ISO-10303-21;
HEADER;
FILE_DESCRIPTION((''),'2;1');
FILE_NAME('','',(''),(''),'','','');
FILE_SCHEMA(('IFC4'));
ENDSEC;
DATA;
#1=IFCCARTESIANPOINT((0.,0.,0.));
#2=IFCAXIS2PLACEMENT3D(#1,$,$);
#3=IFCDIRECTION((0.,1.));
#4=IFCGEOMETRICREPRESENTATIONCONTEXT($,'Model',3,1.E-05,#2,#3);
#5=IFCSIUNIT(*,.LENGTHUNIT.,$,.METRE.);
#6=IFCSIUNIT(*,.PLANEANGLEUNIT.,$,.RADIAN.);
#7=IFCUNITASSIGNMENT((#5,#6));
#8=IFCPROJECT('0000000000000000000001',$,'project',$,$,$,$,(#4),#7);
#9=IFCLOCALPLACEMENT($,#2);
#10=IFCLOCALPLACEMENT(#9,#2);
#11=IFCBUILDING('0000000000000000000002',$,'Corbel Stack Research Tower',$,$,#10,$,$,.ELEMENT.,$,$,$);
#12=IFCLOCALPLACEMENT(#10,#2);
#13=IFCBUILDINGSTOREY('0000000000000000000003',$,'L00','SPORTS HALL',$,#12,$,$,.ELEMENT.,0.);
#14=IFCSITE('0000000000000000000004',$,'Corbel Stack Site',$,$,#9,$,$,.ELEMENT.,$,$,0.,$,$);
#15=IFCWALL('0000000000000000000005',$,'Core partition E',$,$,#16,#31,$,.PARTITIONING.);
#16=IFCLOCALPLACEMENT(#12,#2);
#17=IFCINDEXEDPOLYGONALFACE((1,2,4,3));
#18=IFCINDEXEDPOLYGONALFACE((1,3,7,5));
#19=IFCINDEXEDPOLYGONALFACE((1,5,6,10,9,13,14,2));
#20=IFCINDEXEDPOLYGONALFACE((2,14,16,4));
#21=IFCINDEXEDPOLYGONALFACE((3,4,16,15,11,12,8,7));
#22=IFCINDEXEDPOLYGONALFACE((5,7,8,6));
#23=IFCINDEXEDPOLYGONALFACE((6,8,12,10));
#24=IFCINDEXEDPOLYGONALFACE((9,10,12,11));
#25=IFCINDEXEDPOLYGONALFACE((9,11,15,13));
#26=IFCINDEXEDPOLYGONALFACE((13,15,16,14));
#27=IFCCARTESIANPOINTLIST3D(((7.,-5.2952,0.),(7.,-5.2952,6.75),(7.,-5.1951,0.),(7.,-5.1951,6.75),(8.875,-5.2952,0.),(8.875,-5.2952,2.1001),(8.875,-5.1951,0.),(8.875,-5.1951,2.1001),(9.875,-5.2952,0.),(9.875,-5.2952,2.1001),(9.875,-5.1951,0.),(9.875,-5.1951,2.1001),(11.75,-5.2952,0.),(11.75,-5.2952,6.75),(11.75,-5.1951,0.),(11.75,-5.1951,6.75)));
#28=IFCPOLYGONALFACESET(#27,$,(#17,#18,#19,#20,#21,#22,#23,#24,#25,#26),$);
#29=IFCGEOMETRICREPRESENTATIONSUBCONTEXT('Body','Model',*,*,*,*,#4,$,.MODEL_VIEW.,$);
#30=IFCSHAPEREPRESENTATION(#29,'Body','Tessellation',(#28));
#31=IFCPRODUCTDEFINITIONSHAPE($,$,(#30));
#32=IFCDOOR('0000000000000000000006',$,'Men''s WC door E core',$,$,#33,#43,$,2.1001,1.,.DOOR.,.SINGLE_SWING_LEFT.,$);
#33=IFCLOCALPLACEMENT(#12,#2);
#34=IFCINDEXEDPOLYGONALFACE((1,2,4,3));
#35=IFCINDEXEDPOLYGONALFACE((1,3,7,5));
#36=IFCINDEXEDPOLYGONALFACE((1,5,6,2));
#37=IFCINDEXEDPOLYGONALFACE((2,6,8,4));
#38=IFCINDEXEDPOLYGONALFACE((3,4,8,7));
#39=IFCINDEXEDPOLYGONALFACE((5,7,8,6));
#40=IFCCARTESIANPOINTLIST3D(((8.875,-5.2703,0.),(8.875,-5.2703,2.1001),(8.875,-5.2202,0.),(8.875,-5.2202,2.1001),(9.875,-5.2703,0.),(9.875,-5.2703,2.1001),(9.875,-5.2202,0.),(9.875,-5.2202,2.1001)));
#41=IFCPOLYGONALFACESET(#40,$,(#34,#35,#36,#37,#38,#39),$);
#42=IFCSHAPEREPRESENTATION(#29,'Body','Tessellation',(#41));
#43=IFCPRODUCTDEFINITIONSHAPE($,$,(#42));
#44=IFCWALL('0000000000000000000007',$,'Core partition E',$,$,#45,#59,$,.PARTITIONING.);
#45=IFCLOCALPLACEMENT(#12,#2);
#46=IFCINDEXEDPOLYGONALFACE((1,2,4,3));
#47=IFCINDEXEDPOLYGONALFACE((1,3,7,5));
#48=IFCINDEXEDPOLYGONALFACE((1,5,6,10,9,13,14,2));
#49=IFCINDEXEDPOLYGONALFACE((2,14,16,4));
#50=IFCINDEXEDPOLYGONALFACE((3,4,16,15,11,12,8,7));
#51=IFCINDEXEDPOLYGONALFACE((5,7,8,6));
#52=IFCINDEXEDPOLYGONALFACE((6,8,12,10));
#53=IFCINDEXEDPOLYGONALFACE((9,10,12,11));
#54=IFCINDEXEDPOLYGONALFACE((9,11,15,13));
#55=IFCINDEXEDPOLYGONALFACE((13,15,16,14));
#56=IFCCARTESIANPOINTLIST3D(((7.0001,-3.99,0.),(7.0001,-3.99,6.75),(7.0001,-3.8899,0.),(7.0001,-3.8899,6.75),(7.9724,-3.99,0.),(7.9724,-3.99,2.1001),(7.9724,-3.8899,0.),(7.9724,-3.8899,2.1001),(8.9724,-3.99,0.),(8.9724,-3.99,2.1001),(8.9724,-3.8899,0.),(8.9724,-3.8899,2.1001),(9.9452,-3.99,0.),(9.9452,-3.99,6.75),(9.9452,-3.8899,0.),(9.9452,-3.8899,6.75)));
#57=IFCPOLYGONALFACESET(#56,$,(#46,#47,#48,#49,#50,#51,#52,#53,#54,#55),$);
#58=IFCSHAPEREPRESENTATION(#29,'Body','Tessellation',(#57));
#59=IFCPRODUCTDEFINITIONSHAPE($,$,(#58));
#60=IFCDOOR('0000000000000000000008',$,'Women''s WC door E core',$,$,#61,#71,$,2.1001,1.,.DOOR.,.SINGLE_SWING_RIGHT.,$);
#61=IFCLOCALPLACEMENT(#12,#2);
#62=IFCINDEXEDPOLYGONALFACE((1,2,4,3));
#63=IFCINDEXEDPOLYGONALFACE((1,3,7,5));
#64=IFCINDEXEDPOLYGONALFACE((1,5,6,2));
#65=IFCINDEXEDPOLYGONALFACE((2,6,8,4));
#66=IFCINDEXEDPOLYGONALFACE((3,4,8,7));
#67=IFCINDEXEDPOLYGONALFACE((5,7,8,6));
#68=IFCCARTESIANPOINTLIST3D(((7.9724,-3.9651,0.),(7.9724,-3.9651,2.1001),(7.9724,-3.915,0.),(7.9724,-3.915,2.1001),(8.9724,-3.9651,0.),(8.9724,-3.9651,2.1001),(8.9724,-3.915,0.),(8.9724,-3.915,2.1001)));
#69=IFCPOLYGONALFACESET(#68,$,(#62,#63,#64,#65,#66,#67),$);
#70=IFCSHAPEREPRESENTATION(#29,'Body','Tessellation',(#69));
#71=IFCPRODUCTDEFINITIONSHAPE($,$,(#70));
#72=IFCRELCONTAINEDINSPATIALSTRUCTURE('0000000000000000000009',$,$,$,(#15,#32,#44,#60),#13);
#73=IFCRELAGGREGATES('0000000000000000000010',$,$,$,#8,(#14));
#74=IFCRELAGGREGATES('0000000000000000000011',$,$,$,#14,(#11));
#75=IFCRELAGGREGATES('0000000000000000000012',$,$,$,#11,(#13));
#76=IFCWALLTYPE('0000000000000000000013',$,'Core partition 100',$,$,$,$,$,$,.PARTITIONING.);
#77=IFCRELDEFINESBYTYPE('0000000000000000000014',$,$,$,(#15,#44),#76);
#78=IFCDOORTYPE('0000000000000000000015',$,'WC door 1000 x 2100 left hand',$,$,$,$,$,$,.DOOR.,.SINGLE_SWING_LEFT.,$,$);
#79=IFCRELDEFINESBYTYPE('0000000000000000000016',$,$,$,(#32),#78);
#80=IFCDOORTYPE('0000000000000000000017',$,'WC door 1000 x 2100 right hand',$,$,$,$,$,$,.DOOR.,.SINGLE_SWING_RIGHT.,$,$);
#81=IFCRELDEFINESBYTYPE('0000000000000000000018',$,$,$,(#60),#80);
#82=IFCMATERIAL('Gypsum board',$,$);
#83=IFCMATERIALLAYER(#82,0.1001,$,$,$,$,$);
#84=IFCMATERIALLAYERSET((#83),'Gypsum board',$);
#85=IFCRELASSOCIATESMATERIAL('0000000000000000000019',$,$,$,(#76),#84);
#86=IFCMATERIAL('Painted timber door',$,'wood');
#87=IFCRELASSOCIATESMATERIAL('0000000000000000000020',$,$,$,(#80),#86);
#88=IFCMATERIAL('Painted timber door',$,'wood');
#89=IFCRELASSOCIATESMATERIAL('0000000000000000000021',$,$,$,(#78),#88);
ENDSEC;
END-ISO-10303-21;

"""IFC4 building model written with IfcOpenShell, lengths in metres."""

from ifc_helpers import new_model, si_unit, direction, frame, frame_2d, origin, place, context, subcontext, project, spatial, rectangle, extrude, material, layer, layer_set, type_object, element, fill, save


model = new_model("IFC4")

# Units and contexts
model_context = context("Model", 3, precision=1e-05, world=origin(), true_north=direction((0.0, 1.0)))
body_context = subcontext(model_context, "Body", "Model", "MODEL_VIEW")
ifc_project = project(units=[si_unit("LENGTHUNIT", "METRE"), si_unit("PLANEANGLEUNIT", "RADIAN")], contexts=[model_context])

# Site, building, storey
site_placement = place(None, origin())
site = spatial("IfcSite", under=ifc_project, at=site_placement, Name="Corbel Stack Site", CompositionType="ELEMENT", RefElevation=0.0)
building_placement = place(site_placement, origin())
building = spatial("IfcBuilding", under=site, at=building_placement, Name="Corbel Stack Research Tower", CompositionType="ELEMENT")
storey_placement = place(building_placement, origin())
storey = spatial("IfcBuildingStorey", under=building, at=storey_placement, Name="L00", Description="SPORTS HALL", CompositionType="ELEMENT", Elevation=0.0)

# Shared definitions
ifc_material_1 = material(Name="Gypsum board")
ifc_layer_1 = layer(ifc_material_1, 0.1001)
ifc_layer_set_1 = layer_set([ifc_layer_1], Name="Gypsum board")
wall_type_1 = type_object("IfcWallType", Name="Core partition 100", PredefinedType="PARTITIONING", material=ifc_layer_set_1)
ifc_material_2 = material(Name="Painted timber door", Category="wood")
door_type_1 = type_object("IfcDoorType", Name="WC door 1000 x 2100 right hand", OperationType="SINGLE_SWING_RIGHT", PredefinedType="DOOR", material=ifc_material_2)
ifc_material_3 = material(Name="Painted timber door", Category="wood")
door_type_2 = type_object("IfcDoorType", Name="WC door 1000 x 2100 left hand", OperationType="SINGLE_SWING_LEFT", PredefinedType="DOOR", material=ifc_material_3)

# Walls, openings, doors
wall_1_placement = place(storey_placement, frame((7.0, -5.2451, 0.0), z_axis=(0.0, 0.0, 1.0), x_axis=(1.0, 0.0, 0.0)))
wall_1 = element("IfcWall", 1, at=wall_1_placement, inside=storey, type_object=wall_type_1, Name="Core partition E", PredefinedType="PARTITIONING", context=body_context, shape_type="SweptSolid", body=[
    extrude(rectangle(XDim=4.75, YDim=0.1001, at=frame_2d((2.375, 0.0))), origin(), (0.0, 0.0, 1.0), 6.75),
])
opening_1_placement = place(wall_1_placement, frame((1.875, 0.0, 0.0)))
opening_1 = element("IfcOpeningElement", 2, at=opening_1_placement, cuts=wall_1, PredefinedType="OPENING", context=body_context, shape_type="SweptSolid", body=[
    extrude(rectangle(XDim=1.0, YDim=2.1001, at=frame_2d((0.5, 1.05))), frame((0.0, 0.0601, 0.0), z_axis=(0.0, -1.0, 0.0), x_axis=(1.0, 0.0, 0.0)), (0.0, 0.0, 1.0), 0.1201),
])
door_1_placement = place(opening_1_placement, origin())
door_1 = element("IfcDoor", 3, at=door_1_placement, inside=storey, type_object=door_type_2, Name="Men's WC door E core", OperationType="SINGLE_SWING_LEFT", OverallHeight=2.1001, OverallWidth=1.0, PredefinedType="DOOR", context=body_context, shape_type="SweptSolid", body=[
    extrude(rectangle(XDim=1.0, YDim=2.1001, at=frame_2d((0.5, 1.05))), frame((0.0, 0.0249, 0.0), z_axis=(0.0, -1.0, 0.0), x_axis=(1.0, 0.0, 0.0)), (0.0, 0.0, 1.0), 0.05),
])
fill(opening_1, door_1)
wall_2_placement = place(storey_placement, frame((7.0, -3.9399, 0.0), z_axis=(0.0, 0.0, 1.0), x_axis=(1.0, 0.0, 0.0)))
wall_2 = element("IfcWall", 4, at=wall_2_placement, inside=storey, type_object=wall_type_1, Name="Core partition E", PredefinedType="PARTITIONING", context=body_context, shape_type="SweptSolid", body=[
    extrude(rectangle(XDim=2.9451, YDim=0.1001, at=frame_2d((1.4727, 0.0))), origin(), (0.0, 0.0, 1.0), 6.75),
])
opening_2_placement = place(wall_2_placement, frame((0.9724, 0.0, 0.0)))
opening_2 = element("IfcOpeningElement", 5, at=opening_2_placement, cuts=wall_2, PredefinedType="OPENING", context=body_context, shape_type="SweptSolid", body=[
    extrude(rectangle(XDim=1.0, YDim=2.1001, at=frame_2d((0.5, 1.05))), frame((0.0, 0.0601, 0.0), z_axis=(0.0, -1.0, 0.0), x_axis=(1.0, 0.0, 0.0)), (0.0, 0.0, 1.0), 0.1201),
])
door_2_placement = place(opening_2_placement, origin())
door_2 = element("IfcDoor", 6, at=door_2_placement, inside=storey, type_object=door_type_1, Name="Women's WC door E core", OperationType="SINGLE_SWING_RIGHT", OverallHeight=2.1001, OverallWidth=1.0, PredefinedType="DOOR", context=body_context, shape_type="SweptSolid", body=[
    extrude(rectangle(XDim=1.0, YDim=2.1001, at=frame_2d((0.5, 1.05))), frame((0.0, 0.0249, 0.0), z_axis=(0.0, -1.0, 0.0), x_axis=(1.0, 0.0, 0.0)), (0.0, 0.0, 1.0), 0.05),
])
fill(opening_2, door_2)

save(model, "model.ifc")
